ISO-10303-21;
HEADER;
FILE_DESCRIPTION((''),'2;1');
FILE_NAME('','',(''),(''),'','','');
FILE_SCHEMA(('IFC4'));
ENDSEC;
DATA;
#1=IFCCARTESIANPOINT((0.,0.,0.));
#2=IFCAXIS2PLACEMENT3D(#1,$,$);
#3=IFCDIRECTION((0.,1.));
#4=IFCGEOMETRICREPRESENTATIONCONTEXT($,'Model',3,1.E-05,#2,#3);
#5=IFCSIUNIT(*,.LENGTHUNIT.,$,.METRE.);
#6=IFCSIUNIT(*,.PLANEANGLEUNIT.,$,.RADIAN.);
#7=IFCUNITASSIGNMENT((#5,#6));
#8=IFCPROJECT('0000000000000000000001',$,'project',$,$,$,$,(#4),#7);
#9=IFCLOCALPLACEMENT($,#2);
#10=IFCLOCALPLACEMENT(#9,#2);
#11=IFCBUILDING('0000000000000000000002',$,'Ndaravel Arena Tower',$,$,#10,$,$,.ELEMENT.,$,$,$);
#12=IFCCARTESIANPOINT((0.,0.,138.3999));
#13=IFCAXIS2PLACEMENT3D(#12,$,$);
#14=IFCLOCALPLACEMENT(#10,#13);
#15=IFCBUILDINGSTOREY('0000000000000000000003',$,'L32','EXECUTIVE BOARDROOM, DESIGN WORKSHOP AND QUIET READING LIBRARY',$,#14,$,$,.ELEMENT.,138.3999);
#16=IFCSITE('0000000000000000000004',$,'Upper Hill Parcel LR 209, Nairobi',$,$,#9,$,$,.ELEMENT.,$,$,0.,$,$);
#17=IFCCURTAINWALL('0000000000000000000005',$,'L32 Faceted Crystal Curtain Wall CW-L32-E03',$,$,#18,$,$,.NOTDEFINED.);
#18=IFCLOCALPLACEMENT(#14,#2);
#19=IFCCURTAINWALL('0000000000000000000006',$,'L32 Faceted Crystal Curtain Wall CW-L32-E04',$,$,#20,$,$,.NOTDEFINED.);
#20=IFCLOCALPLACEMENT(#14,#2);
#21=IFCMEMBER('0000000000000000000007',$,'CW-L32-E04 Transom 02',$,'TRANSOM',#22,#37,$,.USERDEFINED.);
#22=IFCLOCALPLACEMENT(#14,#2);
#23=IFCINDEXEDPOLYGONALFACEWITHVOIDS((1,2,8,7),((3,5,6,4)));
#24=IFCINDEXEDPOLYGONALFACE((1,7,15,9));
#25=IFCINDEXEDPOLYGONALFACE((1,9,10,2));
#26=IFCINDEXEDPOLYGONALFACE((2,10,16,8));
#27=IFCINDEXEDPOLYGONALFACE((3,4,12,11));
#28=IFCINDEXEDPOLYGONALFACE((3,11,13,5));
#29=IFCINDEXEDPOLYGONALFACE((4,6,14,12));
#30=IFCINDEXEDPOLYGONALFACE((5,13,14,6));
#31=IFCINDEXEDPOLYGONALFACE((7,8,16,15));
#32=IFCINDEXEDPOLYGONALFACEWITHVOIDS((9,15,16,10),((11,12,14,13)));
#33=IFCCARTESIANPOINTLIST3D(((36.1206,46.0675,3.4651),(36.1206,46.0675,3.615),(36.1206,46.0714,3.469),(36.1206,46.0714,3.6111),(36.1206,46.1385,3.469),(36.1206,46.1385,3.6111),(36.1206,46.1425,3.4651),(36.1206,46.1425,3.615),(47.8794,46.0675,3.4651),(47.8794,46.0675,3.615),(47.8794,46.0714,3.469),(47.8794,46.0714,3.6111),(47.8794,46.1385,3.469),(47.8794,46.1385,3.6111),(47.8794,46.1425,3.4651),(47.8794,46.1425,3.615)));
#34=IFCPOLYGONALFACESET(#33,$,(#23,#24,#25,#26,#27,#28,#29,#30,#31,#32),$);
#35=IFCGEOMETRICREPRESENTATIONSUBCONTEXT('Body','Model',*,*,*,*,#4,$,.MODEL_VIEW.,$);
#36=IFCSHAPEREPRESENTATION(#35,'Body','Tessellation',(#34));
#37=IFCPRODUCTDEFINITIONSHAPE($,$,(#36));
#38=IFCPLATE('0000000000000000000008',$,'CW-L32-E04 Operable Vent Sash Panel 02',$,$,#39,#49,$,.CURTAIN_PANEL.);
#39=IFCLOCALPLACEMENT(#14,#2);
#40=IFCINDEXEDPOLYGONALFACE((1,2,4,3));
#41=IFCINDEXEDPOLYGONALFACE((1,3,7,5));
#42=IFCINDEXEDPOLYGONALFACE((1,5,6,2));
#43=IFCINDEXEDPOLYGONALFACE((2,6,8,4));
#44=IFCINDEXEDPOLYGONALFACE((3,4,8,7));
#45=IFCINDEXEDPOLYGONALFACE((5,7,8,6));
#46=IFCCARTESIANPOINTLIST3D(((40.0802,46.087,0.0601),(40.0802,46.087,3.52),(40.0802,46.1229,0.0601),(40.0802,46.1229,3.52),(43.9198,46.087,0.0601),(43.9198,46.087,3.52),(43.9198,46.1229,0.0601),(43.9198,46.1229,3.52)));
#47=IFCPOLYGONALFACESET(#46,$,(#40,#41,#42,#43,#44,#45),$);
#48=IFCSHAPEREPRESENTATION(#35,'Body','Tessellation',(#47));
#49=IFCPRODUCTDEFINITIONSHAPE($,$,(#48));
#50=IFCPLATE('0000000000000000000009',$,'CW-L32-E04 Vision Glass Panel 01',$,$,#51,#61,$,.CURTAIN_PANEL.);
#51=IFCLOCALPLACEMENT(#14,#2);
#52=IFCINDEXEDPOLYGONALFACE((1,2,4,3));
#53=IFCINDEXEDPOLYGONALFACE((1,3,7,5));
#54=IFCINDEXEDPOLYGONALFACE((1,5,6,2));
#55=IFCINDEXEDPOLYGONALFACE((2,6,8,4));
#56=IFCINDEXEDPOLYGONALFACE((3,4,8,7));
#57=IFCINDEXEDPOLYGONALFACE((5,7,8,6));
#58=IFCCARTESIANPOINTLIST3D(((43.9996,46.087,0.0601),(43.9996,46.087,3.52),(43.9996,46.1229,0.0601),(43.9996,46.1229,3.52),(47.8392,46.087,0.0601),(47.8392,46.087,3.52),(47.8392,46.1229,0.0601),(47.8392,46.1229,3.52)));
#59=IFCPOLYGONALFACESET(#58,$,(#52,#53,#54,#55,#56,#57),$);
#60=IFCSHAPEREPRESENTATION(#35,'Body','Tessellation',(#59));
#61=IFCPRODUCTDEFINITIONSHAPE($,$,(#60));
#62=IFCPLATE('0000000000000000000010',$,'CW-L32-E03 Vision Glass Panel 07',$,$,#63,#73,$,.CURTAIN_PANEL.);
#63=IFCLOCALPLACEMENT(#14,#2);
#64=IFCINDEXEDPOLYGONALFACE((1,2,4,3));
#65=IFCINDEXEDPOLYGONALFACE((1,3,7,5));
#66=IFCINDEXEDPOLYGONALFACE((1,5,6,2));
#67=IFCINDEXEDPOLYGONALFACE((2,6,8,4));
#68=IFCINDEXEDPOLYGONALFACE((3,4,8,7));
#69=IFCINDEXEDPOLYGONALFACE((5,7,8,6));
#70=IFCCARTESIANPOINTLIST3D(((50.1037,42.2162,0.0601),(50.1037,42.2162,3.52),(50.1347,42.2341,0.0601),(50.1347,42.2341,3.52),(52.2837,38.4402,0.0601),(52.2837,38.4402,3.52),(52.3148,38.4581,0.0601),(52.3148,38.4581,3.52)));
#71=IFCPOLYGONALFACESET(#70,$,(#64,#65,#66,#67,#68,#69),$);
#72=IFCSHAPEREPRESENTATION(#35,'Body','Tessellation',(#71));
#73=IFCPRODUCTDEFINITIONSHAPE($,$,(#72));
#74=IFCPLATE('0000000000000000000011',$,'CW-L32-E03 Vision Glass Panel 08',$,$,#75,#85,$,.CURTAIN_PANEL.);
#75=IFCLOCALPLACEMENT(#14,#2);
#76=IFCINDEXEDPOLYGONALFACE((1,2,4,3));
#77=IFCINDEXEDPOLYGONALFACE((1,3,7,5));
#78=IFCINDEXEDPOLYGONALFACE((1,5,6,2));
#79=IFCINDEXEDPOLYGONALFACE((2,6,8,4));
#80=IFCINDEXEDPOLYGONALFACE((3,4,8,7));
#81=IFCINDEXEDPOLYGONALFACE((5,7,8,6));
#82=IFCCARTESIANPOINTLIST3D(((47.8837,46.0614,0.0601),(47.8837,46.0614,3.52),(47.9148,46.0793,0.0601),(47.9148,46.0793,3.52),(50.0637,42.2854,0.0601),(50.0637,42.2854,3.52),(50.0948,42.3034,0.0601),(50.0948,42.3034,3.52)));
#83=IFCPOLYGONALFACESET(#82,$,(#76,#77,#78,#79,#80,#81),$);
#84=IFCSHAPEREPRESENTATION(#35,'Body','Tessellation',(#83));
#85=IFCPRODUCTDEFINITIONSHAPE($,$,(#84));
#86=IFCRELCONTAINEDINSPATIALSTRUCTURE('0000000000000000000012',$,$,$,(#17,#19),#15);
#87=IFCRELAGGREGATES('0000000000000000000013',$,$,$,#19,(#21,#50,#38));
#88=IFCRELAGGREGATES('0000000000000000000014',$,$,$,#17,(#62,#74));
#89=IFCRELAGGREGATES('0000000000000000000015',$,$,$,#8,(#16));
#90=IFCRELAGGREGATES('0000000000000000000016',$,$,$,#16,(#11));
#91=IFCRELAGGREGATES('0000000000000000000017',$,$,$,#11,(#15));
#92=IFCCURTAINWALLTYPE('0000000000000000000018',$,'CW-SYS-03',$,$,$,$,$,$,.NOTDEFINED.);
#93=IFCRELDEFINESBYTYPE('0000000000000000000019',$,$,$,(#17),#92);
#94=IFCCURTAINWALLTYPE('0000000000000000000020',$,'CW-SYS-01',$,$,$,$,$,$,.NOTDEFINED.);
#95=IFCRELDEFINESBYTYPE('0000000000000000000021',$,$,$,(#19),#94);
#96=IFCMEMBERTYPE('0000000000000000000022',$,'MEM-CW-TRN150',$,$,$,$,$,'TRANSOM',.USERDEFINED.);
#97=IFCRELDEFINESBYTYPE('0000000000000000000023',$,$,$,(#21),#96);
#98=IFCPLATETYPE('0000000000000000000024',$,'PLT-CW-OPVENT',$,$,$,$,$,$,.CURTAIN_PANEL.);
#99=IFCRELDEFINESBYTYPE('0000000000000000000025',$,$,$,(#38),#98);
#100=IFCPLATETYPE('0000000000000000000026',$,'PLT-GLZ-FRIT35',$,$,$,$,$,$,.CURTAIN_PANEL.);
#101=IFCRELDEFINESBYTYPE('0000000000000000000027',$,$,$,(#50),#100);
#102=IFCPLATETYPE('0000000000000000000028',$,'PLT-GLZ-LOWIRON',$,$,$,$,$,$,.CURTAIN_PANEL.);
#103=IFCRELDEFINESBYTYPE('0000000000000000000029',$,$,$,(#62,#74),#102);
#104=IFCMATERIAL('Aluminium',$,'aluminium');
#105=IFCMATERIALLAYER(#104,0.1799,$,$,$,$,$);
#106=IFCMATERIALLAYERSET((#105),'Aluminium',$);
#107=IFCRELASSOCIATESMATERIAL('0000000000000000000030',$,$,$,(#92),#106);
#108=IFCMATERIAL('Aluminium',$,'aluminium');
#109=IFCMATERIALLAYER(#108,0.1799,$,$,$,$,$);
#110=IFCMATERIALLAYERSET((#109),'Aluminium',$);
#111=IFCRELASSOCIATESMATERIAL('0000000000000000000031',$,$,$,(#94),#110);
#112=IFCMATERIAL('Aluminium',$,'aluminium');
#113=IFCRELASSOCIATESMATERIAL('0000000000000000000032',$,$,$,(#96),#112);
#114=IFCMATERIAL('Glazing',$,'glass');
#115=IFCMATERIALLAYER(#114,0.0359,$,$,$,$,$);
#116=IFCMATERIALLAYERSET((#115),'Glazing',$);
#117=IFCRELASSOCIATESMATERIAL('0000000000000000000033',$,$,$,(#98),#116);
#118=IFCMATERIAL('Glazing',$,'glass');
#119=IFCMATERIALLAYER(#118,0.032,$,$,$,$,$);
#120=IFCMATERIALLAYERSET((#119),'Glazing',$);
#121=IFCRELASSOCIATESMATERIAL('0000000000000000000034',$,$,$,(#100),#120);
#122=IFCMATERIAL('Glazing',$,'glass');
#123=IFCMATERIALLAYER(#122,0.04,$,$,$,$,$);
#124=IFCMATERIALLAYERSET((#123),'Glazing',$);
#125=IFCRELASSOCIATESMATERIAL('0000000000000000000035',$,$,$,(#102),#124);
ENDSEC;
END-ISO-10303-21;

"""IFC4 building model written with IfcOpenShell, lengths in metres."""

from ifc_helpers import new_model, si_unit, direction, frame, origin, origin_2d, place, context, subcontext, project, spatial, rectangle, hollow_rectangle, extrude, material, layer, layer_set, material_profile, profile_set, type_object, element, aggregate, save


model = new_model("IFC4")

# Units and contexts
model_context = context("Model", 3, precision=1e-05, world=origin(), true_north=direction((0.0, 1.0)))
body_context = subcontext(model_context, "Body", "Model", "MODEL_VIEW")
ifc_project = project(units=[si_unit("LENGTHUNIT", "METRE"), si_unit("PLANEANGLEUNIT", "RADIAN")], contexts=[model_context])

# Site, building, storey
site_placement = place(None, origin())
site = spatial("IfcSite", under=ifc_project, at=site_placement, Name="Upper Hill Parcel LR 209, Nairobi", CompositionType="ELEMENT", RefElevation=0.0)
building_placement = place(site_placement, origin())
building = spatial("IfcBuilding", under=site, at=building_placement, Name="Ndaravel Arena Tower", CompositionType="ELEMENT")
storey_placement = place(building_placement, frame((0.0, 0.0, 138.3999)))
storey = spatial("IfcBuildingStorey", under=building, at=storey_placement, Name="L32", Description="EXECUTIVE BOARDROOM, DESIGN WORKSHOP AND QUIET READING LIBRARY", CompositionType="ELEMENT", Elevation=138.3999)

# Curtain wall
ifc_material_1 = material(Name="Aluminium", Category="aluminium")
ifc_layer_1 = layer(ifc_material_1, 0.1799)
ifc_layer_set_1 = layer_set([ifc_layer_1], Name="Aluminium")
curtain_wall_type_1 = type_object("IfcCurtainWallType", Name="CW-SYS-03", PredefinedType="NOTDEFINED", material=ifc_layer_set_1)
curtain_wall_1_placement = place(storey_placement, origin())
curtain_wall_1 = element("IfcCurtainWall", 1, at=curtain_wall_1_placement, inside=storey, type_object=curtain_wall_type_1, Name="L32 Faceted Crystal Curtain Wall CW-L32-E03", PredefinedType="NOTDEFINED")

# Curtain wall, member, plates
ifc_material_2 = material(Name="Aluminium", Category="aluminium")
ifc_layer_2 = layer(ifc_material_2, 0.1799)
ifc_layer_set_2 = layer_set([ifc_layer_2], Name="Aluminium")
curtain_wall_type_2 = type_object("IfcCurtainWallType", Name="CW-SYS-01", PredefinedType="NOTDEFINED", material=ifc_layer_set_2)
curtain_wall_2_placement = place(storey_placement, origin())
curtain_wall_2 = element("IfcCurtainWall", 2, at=curtain_wall_2_placement, inside=storey, type_object=curtain_wall_type_2, Name="L32 Faceted Crystal Curtain Wall CW-L32-E04", PredefinedType="NOTDEFINED")
ifc_material_3 = material(Name="Aluminium", Category="aluminium")
ifc_material_profile_1 = material_profile(ifc_material_3, hollow_rectangle(XDim=0.075, YDim=0.1499, WallThickness=0.0039, at=origin_2d()), Name="CW TRANSOM 75x150x4")
ifc_profile_set_1 = profile_set([ifc_material_profile_1], Name="Aluminium")
member_type_1 = type_object("IfcMemberType", Name="MEM-CW-TRN150", ElementType="TRANSOM", PredefinedType="USERDEFINED", material=ifc_profile_set_1)
member_1_placement = place(storey_placement, frame((47.8794, 46.105, 3.54), z_axis=(-1.0, 0.0, 0.0), x_axis=(0.0, -1.0, 0.0)))
member_1 = element("IfcMember", 3, at=member_1_placement, type_object=member_type_1, Name="CW-L32-E04 Transom 02", ObjectType="TRANSOM", PredefinedType="USERDEFINED", context=body_context, shape_type="SweptSolid", body=[
    extrude(hollow_rectangle(XDim=0.075, YDim=0.1499, WallThickness=0.0039, at=origin_2d()), origin(), (0.0, 0.0, 1.0), 11.7588),
])
ifc_material_4 = material(Name="Glazing", Category="glass")
ifc_layer_3 = layer(ifc_material_4, 0.0359)
ifc_layer_set_3 = layer_set([ifc_layer_3], Name="Glazing")
plate_type_1 = type_object("IfcPlateType", Name="PLT-CW-OPVENT", PredefinedType="CURTAIN_PANEL", material=ifc_layer_set_3)
plate_1_placement = place(storey_placement, frame((42.0, 46.105, 0.0601), z_axis=(0.0, 0.0, 1.0), x_axis=(-1.0, 0.0, 0.0)))
plate_1 = element("IfcPlate", 4, at=plate_1_placement, type_object=plate_type_1, Name="CW-L32-E04 Operable Vent Sash Panel 02", PredefinedType="CURTAIN_PANEL", context=body_context, shape_type="SweptSolid", body=[
    extrude(rectangle(XDim=3.8396, YDim=0.0359, at=origin_2d()), origin(), (0.0, 0.0, 1.0), 3.46),
])
ifc_material_5 = material(Name="Glazing", Category="glass")
ifc_layer_4 = layer(ifc_material_5, 0.032)
ifc_layer_set_4 = layer_set([ifc_layer_4], Name="Glazing")
plate_type_2 = type_object("IfcPlateType", Name="PLT-GLZ-FRIT35", PredefinedType="CURTAIN_PANEL", material=ifc_layer_set_4)
plate_2_placement = place(storey_placement, frame((45.9194, 46.105, 0.0601), z_axis=(0.0, 0.0, 1.0), x_axis=(-1.0, 0.0, 0.0)))
plate_2 = element("IfcPlate", 5, at=plate_2_placement, type_object=plate_type_2, Name="CW-L32-E04 Vision Glass Panel 01", PredefinedType="CURTAIN_PANEL", context=body_context, shape_type="SweptSolid", body=[
    extrude(rectangle(XDim=3.8396, YDim=0.0359, at=origin_2d()), origin(), (0.0, 0.0, 1.0), 3.46),
])
aggregate(curtain_wall_2, [member_1, plate_2, plate_1])

# Plates
ifc_material_6 = material(Name="Glazing", Category="glass")
ifc_layer_5 = layer(ifc_material_6, 0.04)
ifc_layer_set_5 = layer_set([ifc_layer_5], Name="Glazing")
plate_type_3 = type_object("IfcPlateType", Name="PLT-GLZ-LOWIRON", PredefinedType="CURTAIN_PANEL", material=ifc_layer_set_5)
plate_3_placement = place(storey_placement, frame((51.2092, 40.3372, 0.0601), z_axis=(0.0, 0.0, 1.0), x_axis=(-0.5, 0.866025, 0.0)))
plate_3 = element("IfcPlate", 6, at=plate_3_placement, type_object=plate_type_3, Name="CW-L32-E03 Vision Glass Panel 07", PredefinedType="CURTAIN_PANEL", context=body_context, shape_type="SweptSolid", body=[
    extrude(rectangle(XDim=4.3601, YDim=0.0359, at=origin_2d()), origin(), (0.0, 0.0, 1.0), 3.46),
])
plate_4_placement = place(storey_placement, frame((48.9893, 44.1824, 0.0601), z_axis=(0.0, 0.0, 1.0), x_axis=(-0.5, 0.866025, 0.0)))
plate_4 = element("IfcPlate", 7, at=plate_4_placement, type_object=plate_type_3, Name="CW-L32-E03 Vision Glass Panel 08", PredefinedType="CURTAIN_PANEL", context=body_context, shape_type="SweptSolid", body=[
    extrude(rectangle(XDim=4.3601, YDim=0.0359, at=origin_2d()), origin(), (0.0, 0.0, 1.0), 3.46),
])
aggregate(curtain_wall_1, [plate_3, plate_4])

save(model, "model.ifc")
